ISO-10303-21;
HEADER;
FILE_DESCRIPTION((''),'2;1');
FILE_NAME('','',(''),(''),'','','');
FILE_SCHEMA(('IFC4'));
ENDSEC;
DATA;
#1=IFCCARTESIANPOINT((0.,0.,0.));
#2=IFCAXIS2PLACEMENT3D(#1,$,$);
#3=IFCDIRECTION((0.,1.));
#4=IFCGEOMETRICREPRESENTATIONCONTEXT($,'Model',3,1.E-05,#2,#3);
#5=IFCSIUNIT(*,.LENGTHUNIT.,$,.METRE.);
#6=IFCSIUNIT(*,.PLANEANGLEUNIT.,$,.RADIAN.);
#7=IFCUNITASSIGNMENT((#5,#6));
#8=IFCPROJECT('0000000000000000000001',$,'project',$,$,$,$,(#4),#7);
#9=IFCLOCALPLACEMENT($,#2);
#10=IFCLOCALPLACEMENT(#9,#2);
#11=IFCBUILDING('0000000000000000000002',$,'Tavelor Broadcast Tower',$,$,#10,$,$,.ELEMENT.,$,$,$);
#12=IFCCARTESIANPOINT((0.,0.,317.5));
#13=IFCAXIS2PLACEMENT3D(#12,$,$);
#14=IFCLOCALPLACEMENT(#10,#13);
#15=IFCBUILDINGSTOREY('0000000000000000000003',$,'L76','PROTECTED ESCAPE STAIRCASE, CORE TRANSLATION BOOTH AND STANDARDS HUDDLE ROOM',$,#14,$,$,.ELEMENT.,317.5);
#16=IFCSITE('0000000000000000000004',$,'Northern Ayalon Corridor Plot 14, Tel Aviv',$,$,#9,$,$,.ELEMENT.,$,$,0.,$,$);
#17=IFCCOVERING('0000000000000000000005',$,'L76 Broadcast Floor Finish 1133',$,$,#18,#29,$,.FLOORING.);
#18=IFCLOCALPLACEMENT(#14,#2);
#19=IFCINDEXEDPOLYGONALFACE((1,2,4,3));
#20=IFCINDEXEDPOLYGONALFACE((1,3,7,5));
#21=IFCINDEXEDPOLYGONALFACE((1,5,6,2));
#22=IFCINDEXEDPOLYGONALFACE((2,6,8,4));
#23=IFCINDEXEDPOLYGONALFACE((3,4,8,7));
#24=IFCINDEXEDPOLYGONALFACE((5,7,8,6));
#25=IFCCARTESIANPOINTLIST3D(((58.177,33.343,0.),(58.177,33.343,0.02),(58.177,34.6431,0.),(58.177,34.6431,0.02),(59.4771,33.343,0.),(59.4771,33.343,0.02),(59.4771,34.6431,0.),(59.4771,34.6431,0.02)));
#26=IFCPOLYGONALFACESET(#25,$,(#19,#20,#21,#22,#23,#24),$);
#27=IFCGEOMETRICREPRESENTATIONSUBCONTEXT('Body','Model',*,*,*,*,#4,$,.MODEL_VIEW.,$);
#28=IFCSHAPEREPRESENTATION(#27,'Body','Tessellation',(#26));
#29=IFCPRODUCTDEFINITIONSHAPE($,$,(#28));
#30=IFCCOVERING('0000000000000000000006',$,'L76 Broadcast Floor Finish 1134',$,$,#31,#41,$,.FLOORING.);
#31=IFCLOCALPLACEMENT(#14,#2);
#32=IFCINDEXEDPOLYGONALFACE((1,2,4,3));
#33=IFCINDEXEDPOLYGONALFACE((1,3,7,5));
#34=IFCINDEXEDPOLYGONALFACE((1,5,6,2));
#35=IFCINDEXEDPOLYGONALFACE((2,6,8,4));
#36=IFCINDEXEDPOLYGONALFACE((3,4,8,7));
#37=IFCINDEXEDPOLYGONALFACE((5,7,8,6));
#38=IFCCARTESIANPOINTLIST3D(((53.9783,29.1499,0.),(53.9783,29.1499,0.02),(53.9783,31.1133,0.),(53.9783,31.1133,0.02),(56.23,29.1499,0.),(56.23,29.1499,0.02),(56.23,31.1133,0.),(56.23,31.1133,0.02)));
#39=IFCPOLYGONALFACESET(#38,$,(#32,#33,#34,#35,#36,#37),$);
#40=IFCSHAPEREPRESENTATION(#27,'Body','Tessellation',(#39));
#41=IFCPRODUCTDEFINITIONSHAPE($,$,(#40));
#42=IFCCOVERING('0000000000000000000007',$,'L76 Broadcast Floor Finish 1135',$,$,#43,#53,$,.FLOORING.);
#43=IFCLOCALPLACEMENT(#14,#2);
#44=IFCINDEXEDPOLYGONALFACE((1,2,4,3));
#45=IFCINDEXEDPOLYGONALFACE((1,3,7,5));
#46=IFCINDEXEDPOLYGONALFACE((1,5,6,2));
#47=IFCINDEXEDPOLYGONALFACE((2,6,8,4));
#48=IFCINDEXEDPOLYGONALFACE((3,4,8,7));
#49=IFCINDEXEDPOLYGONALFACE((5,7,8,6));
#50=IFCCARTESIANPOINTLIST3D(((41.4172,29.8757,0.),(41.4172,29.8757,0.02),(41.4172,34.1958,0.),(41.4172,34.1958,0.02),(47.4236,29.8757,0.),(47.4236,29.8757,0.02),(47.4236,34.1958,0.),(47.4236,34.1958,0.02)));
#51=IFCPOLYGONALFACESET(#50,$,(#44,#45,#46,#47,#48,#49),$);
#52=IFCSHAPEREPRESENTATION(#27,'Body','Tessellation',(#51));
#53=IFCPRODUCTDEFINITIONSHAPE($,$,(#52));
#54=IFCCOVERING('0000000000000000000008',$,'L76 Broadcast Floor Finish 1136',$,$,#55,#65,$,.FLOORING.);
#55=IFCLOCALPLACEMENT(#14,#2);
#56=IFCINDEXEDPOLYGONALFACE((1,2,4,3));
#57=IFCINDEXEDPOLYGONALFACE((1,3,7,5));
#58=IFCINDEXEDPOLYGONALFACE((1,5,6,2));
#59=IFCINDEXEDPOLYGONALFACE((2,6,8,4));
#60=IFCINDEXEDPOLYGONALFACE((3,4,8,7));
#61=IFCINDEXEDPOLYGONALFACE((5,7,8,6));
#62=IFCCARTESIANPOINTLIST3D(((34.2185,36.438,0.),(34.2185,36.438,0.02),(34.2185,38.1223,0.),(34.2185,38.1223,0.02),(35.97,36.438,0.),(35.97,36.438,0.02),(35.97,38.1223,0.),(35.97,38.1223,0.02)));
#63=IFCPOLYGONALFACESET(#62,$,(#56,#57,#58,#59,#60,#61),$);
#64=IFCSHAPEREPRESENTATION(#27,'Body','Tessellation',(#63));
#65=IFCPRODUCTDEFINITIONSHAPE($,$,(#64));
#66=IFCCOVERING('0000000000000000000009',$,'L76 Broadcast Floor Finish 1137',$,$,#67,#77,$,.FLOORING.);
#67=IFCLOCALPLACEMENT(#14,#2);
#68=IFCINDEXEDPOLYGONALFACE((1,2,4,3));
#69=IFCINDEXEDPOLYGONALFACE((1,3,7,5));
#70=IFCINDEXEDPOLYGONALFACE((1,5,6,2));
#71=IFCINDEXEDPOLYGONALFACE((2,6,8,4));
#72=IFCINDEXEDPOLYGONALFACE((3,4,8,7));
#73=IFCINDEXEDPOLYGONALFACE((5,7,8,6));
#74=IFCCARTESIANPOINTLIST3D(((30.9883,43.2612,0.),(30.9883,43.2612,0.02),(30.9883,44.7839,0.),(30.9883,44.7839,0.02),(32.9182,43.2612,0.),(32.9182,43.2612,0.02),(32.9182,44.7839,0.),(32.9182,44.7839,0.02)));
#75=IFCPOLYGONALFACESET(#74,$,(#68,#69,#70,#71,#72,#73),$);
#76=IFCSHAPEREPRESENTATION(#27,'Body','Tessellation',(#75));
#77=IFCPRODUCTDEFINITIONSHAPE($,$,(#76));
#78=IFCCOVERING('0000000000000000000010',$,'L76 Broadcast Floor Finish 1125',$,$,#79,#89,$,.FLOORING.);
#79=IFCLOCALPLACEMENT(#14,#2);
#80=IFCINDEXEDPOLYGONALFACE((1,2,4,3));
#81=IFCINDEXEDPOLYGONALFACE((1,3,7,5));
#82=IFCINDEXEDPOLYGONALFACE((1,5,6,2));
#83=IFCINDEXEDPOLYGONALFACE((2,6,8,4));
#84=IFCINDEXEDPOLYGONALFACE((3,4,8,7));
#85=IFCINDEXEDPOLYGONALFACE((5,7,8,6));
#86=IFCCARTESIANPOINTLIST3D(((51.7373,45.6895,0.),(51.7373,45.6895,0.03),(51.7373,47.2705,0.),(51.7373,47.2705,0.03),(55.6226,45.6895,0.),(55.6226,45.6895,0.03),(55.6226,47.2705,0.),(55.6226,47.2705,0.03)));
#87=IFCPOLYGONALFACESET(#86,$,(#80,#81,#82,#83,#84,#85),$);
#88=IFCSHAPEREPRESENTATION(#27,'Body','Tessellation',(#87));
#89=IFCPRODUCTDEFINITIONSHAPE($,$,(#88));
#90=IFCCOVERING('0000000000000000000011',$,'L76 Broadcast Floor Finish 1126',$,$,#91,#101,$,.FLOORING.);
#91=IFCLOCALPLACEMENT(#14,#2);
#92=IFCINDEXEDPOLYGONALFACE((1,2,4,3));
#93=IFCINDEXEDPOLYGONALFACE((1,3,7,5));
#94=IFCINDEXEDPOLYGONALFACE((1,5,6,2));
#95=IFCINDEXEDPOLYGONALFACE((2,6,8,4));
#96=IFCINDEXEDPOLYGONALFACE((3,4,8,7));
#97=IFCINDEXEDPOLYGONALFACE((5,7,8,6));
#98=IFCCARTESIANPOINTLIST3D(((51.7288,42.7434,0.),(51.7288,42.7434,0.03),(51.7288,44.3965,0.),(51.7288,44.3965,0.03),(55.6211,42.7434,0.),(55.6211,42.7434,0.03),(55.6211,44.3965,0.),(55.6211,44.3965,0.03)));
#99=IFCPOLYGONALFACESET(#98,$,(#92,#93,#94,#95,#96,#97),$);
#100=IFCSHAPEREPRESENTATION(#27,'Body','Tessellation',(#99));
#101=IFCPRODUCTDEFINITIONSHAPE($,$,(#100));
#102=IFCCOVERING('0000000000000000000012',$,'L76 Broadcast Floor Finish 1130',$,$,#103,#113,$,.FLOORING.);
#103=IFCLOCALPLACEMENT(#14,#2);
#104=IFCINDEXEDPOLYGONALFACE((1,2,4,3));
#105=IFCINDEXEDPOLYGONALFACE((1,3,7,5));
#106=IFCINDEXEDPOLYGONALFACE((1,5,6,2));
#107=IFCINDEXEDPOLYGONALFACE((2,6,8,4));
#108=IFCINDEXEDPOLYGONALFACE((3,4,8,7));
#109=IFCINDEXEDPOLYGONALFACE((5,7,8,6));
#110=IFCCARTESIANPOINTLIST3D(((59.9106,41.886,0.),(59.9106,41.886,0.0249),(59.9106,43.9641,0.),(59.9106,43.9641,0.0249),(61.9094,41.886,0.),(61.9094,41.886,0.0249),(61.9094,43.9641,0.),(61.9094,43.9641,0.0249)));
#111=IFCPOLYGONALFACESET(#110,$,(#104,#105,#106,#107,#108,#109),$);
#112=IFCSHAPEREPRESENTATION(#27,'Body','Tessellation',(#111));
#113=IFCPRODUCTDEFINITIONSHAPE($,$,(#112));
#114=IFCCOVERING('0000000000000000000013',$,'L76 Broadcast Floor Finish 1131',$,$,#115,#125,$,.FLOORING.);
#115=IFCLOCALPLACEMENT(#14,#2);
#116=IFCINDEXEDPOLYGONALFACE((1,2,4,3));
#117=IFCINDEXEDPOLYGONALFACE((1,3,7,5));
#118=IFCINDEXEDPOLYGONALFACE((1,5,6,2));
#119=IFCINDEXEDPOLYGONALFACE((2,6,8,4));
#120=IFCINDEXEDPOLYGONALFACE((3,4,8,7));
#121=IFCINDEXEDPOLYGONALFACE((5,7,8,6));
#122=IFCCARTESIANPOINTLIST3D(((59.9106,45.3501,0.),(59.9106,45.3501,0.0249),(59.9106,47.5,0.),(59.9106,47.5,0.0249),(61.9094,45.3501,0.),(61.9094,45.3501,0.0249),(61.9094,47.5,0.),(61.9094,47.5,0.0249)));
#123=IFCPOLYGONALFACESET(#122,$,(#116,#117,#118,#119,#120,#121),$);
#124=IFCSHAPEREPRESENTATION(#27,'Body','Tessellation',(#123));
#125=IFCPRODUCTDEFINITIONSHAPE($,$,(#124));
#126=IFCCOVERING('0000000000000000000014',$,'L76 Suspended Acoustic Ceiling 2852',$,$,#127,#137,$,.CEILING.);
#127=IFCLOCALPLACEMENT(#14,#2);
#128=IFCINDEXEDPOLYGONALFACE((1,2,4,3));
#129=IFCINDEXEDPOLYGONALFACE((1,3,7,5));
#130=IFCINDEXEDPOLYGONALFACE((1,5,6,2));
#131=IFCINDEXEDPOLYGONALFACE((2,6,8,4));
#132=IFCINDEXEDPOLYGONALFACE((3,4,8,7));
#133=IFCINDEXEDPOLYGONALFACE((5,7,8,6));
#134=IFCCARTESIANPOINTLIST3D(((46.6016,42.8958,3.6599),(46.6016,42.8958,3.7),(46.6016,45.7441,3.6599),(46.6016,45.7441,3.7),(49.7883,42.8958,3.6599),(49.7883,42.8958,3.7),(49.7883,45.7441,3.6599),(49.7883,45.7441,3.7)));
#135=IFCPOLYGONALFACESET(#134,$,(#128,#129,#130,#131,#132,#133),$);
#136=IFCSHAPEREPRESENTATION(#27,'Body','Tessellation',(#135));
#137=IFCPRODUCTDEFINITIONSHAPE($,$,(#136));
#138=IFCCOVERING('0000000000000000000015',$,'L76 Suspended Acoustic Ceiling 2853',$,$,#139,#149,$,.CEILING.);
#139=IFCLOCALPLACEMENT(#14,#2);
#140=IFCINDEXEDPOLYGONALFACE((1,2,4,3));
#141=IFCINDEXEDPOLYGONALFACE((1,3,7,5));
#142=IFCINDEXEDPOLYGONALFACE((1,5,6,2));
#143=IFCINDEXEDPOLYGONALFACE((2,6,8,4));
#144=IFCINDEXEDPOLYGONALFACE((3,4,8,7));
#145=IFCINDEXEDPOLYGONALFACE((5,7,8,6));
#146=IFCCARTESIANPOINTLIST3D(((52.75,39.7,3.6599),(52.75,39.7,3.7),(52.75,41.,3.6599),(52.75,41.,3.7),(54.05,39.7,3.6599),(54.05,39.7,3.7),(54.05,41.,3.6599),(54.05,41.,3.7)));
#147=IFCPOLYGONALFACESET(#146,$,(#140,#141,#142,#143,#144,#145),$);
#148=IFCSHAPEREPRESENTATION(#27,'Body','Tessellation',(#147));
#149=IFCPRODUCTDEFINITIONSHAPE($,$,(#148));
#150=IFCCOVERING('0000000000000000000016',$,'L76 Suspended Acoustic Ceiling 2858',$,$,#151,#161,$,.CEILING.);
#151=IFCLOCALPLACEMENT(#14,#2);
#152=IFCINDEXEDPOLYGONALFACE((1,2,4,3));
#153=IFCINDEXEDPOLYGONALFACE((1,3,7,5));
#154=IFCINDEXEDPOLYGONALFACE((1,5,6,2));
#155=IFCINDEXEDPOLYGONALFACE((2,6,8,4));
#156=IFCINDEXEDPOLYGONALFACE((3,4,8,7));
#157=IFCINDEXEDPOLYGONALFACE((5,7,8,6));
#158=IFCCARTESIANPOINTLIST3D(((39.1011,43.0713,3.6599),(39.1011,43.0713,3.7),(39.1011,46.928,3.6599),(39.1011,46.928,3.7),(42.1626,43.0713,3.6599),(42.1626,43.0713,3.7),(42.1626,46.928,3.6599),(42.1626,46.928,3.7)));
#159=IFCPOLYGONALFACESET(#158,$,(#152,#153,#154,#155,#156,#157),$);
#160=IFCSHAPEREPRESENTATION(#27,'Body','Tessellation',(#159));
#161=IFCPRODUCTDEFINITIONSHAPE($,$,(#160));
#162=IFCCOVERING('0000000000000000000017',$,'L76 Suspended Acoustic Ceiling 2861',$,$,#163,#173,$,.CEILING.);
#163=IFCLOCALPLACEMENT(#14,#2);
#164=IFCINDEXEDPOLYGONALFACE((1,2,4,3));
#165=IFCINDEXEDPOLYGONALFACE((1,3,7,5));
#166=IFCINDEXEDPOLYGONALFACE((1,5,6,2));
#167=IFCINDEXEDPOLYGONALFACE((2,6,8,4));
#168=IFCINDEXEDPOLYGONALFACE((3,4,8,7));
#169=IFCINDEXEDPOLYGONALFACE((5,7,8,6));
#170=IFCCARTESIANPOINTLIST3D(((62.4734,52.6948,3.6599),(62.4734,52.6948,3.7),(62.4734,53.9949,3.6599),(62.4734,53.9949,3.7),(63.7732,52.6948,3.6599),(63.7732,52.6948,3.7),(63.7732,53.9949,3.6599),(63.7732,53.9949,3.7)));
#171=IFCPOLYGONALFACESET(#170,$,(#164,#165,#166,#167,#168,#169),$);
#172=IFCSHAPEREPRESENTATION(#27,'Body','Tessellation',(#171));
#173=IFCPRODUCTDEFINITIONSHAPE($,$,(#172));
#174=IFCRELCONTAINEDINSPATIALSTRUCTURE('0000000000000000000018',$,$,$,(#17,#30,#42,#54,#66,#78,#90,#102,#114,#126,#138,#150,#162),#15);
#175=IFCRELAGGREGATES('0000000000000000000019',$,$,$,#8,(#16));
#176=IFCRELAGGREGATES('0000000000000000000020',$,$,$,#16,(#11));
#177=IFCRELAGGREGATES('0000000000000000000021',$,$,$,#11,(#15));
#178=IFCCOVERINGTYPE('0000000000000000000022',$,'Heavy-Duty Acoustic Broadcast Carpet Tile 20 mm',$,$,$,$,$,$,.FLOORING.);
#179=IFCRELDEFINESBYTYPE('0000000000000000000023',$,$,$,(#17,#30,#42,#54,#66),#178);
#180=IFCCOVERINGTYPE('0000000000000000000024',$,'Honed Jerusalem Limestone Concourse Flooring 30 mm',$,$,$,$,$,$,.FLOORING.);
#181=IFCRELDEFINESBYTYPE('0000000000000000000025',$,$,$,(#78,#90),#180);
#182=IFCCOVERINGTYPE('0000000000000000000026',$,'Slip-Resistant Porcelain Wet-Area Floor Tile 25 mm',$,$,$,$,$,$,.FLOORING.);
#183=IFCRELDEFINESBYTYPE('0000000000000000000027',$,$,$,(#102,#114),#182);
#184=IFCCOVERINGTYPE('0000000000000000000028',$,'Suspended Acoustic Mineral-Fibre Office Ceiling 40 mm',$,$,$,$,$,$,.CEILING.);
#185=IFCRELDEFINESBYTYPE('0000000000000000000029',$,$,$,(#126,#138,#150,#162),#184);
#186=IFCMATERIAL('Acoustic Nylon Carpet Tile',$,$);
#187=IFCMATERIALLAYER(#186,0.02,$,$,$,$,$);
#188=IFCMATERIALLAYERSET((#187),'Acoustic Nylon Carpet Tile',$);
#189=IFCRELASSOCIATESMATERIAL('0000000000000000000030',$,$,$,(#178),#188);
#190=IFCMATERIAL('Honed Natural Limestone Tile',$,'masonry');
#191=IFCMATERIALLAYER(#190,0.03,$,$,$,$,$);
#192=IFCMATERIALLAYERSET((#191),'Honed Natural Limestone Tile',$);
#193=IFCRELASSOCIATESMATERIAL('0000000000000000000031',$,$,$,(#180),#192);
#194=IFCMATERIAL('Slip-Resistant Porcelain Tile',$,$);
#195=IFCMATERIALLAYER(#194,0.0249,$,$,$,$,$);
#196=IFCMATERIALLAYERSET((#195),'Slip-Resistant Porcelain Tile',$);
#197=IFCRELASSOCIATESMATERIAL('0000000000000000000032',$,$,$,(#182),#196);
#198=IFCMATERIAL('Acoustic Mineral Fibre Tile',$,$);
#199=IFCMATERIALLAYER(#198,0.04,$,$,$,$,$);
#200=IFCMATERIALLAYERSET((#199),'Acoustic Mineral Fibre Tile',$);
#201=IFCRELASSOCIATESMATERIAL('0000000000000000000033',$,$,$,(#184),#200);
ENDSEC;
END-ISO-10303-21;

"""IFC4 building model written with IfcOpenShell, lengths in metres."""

from ifc_helpers import new_model, si_unit, direction, frame, origin, place, context, subcontext, project, spatial, polyline, outline, extrude, material, layer, layer_set, type_object, element, save


model = new_model("IFC4")

# Units and contexts
model_context = context("Model", 3, precision=1e-05, world=origin(), true_north=direction((0.0, 1.0)))
body_context = subcontext(model_context, "Body", "Model", "MODEL_VIEW")
ifc_project = project(units=[si_unit("LENGTHUNIT", "METRE"), si_unit("PLANEANGLEUNIT", "RADIAN")], contexts=[model_context])

# Site, building, storey
site_placement = place(None, origin())
site = spatial("IfcSite", under=ifc_project, at=site_placement, Name="Northern Ayalon Corridor Plot 14, Tel Aviv", CompositionType="ELEMENT", RefElevation=0.0)
building_placement = place(site_placement, origin())
building = spatial("IfcBuilding", under=site, at=building_placement, Name="Tavelor Broadcast Tower", CompositionType="ELEMENT")
storey_placement = place(building_placement, frame((0.0, 0.0, 317.5)))
storey = spatial("IfcBuildingStorey", under=building, at=storey_placement, Name="L76", Description="PROTECTED ESCAPE STAIRCASE, CORE TRANSLATION BOOTH AND STANDARDS HUDDLE ROOM", CompositionType="ELEMENT", Elevation=317.5)

# Coverings
ifc_material_1 = material(Name="Acoustic Nylon Carpet Tile")
ifc_layer_1 = layer(ifc_material_1, 0.02)
ifc_layer_set_1 = layer_set([ifc_layer_1], Name="Acoustic Nylon Carpet Tile")
covering_type_1 = type_object("IfcCoveringType", Name="Heavy-Duty Acoustic Broadcast Carpet Tile 20 mm", PredefinedType="FLOORING", material=ifc_layer_set_1)
covering_1_placement = place(storey_placement, origin())
element("IfcCovering", 1, at=covering_1_placement, inside=storey, type_object=covering_type_1, Name="L76 Broadcast Floor Finish 1133", PredefinedType="FLOORING", context=body_context, shape_type="SweptSolid", body=[
    extrude(outline(polyline([(58.177, 33.343), (59.4771, 33.343), (59.4771, 34.6431), (58.177, 34.6431), (58.177, 33.343)])), origin(), (0.0, 0.0, 1.0), 0.02),
])
covering_2_placement = place(storey_placement, origin())
element("IfcCovering", 2, at=covering_2_placement, inside=storey, type_object=covering_type_1, Name="L76 Broadcast Floor Finish 1134", PredefinedType="FLOORING", context=body_context, shape_type="SweptSolid", body=[
    extrude(outline(polyline([(53.9783, 29.1499), (56.23, 29.1499), (56.23, 31.1133), (53.9783, 31.1133), (53.9783, 29.1499)])), origin(), (0.0, 0.0, 1.0), 0.02),
])
covering_3_placement = place(storey_placement, origin())
element("IfcCovering", 3, at=covering_3_placement, inside=storey, type_object=covering_type_1, Name="L76 Broadcast Floor Finish 1135", PredefinedType="FLOORING", context=body_context, shape_type="SweptSolid", body=[
    extrude(outline(polyline([(41.4172, 29.8757), (47.4236, 29.8757), (47.4236, 34.1958), (41.4172, 34.1958), (41.4172, 29.8757)])), origin(), (0.0, 0.0, 1.0), 0.02),
])
covering_4_placement = place(storey_placement, origin())
element("IfcCovering", 4, at=covering_4_placement, inside=storey, type_object=covering_type_1, Name="L76 Broadcast Floor Finish 1136", PredefinedType="FLOORING", context=body_context, shape_type="SweptSolid", body=[
    extrude(outline(polyline([(34.2185, 36.438), (35.97, 36.438), (35.97, 38.1223), (34.2185, 38.1223), (34.2185, 36.438)])), origin(), (0.0, 0.0, 1.0), 0.02),
])
covering_5_placement = place(storey_placement, origin())
element("IfcCovering", 5, at=covering_5_placement, inside=storey, type_object=covering_type_1, Name="L76 Broadcast Floor Finish 1137", PredefinedType="FLOORING", context=body_context, shape_type="SweptSolid", body=[
    extrude(outline(polyline([(30.9883, 43.2612), (32.9182, 43.2612), (32.9182, 44.7839), (30.9883, 44.7839), (30.9883, 43.2612)])), origin(), (0.0, 0.0, 1.0), 0.02),
])
ifc_material_2 = material(Name="Honed Natural Limestone Tile", Category="masonry")
ifc_layer_2 = layer(ifc_material_2, 0.03)
ifc_layer_set_2 = layer_set([ifc_layer_2], Name="Honed Natural Limestone Tile")
covering_type_2 = type_object("IfcCoveringType", Name="Honed Jerusalem Limestone Concourse Flooring 30 mm", PredefinedType="FLOORING", material=ifc_layer_set_2)
covering_6_placement = place(storey_placement, origin())
element("IfcCovering", 6, at=covering_6_placement, inside=storey, type_object=covering_type_2, Name="L76 Broadcast Floor Finish 1125", PredefinedType="FLOORING", context=body_context, shape_type="SweptSolid", body=[
    extrude(outline(polyline([(51.7373, 45.6895), (55.6226, 45.6895), (55.6226, 47.2705), (51.7373, 47.2705), (51.7373, 45.6895)])), origin(), (0.0, 0.0, 1.0), 0.03),
])
covering_7_placement = place(storey_placement, origin())
element("IfcCovering", 7, at=covering_7_placement, inside=storey, type_object=covering_type_2, Name="L76 Broadcast Floor Finish 1126", PredefinedType="FLOORING", context=body_context, shape_type="SweptSolid", body=[
    extrude(outline(polyline([(51.7288, 42.7434), (55.6211, 42.7434), (55.6211, 44.3965), (51.7288, 44.3965), (51.7288, 42.7434)])), origin(), (0.0, 0.0, 1.0), 0.03),
])
ifc_material_3 = material(Name="Slip-Resistant Porcelain Tile")
ifc_layer_3 = layer(ifc_material_3, 0.0249)
ifc_layer_set_3 = layer_set([ifc_layer_3], Name="Slip-Resistant Porcelain Tile")
covering_type_3 = type_object("IfcCoveringType", Name="Slip-Resistant Porcelain Wet-Area Floor Tile 25 mm", PredefinedType="FLOORING", material=ifc_layer_set_3)
covering_8_placement = place(storey_placement, origin())
element("IfcCovering", 8, at=covering_8_placement, inside=storey, type_object=covering_type_3, Name="L76 Broadcast Floor Finish 1130", PredefinedType="FLOORING", context=body_context, shape_type="SweptSolid", body=[
    extrude(outline(polyline([(59.9106, 41.886), (61.9094, 41.886), (61.9094, 43.9641), (59.9106, 43.9641), (59.9106, 41.886)])), origin(), (0.0, 0.0, 1.0), 0.0249),
])
covering_9_placement = place(storey_placement, origin())
element("IfcCovering", 9, at=covering_9_placement, inside=storey, type_object=covering_type_3, Name="L76 Broadcast Floor Finish 1131", PredefinedType="FLOORING", context=body_context, shape_type="SweptSolid", body=[
    extrude(outline(polyline([(59.9106, 45.3501), (61.9094, 45.3501), (61.9094, 47.5), (59.9106, 47.5), (59.9106, 45.3501)])), origin(), (0.0, 0.0, 1.0), 0.0249),
])
ifc_material_4 = material(Name="Acoustic Mineral Fibre Tile")
ifc_layer_4 = layer(ifc_material_4, 0.04)
ifc_layer_set_4 = layer_set([ifc_layer_4], Name="Acoustic Mineral Fibre Tile")
covering_type_4 = type_object("IfcCoveringType", Name="Suspended Acoustic Mineral-Fibre Office Ceiling 40 mm", PredefinedType="CEILING", material=ifc_layer_set_4)
covering_10_placement = place(storey_placement, frame((0.0, 0.0, 3.6599)))
element("IfcCovering", 10, at=covering_10_placement, inside=storey, type_object=covering_type_4, Name="L76 Suspended Acoustic Ceiling 2852", PredefinedType="CEILING", context=body_context, shape_type="SweptSolid", body=[
    extrude(outline(polyline([(46.6016, 42.8958), (49.7883, 42.8958), (49.7883, 45.7441), (46.6016, 45.7441), (46.6016, 42.8958)])), origin(), (0.0, 0.0, 1.0), 0.04),
])
covering_11_placement = place(storey_placement, frame((0.0, 0.0, 3.6599)))
element("IfcCovering", 11, at=covering_11_placement, inside=storey, type_object=covering_type_4, Name="L76 Suspended Acoustic Ceiling 2853", PredefinedType="CEILING", context=body_context, shape_type="SweptSolid", body=[
    extrude(outline(polyline([(52.75, 39.7), (54.05, 39.7), (54.05, 41.0), (52.75, 41.0), (52.75, 39.7)])), origin(), (0.0, 0.0, 1.0), 0.04),
])
covering_12_placement = place(storey_placement, frame((0.0, 0.0, 3.6599)))
element("IfcCovering", 12, at=covering_12_placement, inside=storey, type_object=covering_type_4, Name="L76 Suspended Acoustic Ceiling 2858", PredefinedType="CEILING", context=body_context, shape_type="SweptSolid", body=[
    extrude(outline(polyline([(39.1011, 43.0713), (42.1626, 43.0713), (42.1626, 46.928), (39.1011, 46.928), (39.1011, 43.0713)])), origin(), (0.0, 0.0, 1.0), 0.04),
])
covering_13_placement = place(storey_placement, frame((0.0, 0.0, 3.6599)))
element("IfcCovering", 13, at=covering_13_placement, inside=storey, type_object=covering_type_4, Name="L76 Suspended Acoustic Ceiling 2861", PredefinedType="CEILING", context=body_context, shape_type="SweptSolid", body=[
    extrude(outline(polyline([(62.4734, 52.6948), (63.7732, 52.6948), (63.7732, 53.9949), (62.4734, 53.9949), (62.4734, 52.6948)])), origin(), (0.0, 0.0, 1.0), 0.04),
])

save(model, "model.ifc")
